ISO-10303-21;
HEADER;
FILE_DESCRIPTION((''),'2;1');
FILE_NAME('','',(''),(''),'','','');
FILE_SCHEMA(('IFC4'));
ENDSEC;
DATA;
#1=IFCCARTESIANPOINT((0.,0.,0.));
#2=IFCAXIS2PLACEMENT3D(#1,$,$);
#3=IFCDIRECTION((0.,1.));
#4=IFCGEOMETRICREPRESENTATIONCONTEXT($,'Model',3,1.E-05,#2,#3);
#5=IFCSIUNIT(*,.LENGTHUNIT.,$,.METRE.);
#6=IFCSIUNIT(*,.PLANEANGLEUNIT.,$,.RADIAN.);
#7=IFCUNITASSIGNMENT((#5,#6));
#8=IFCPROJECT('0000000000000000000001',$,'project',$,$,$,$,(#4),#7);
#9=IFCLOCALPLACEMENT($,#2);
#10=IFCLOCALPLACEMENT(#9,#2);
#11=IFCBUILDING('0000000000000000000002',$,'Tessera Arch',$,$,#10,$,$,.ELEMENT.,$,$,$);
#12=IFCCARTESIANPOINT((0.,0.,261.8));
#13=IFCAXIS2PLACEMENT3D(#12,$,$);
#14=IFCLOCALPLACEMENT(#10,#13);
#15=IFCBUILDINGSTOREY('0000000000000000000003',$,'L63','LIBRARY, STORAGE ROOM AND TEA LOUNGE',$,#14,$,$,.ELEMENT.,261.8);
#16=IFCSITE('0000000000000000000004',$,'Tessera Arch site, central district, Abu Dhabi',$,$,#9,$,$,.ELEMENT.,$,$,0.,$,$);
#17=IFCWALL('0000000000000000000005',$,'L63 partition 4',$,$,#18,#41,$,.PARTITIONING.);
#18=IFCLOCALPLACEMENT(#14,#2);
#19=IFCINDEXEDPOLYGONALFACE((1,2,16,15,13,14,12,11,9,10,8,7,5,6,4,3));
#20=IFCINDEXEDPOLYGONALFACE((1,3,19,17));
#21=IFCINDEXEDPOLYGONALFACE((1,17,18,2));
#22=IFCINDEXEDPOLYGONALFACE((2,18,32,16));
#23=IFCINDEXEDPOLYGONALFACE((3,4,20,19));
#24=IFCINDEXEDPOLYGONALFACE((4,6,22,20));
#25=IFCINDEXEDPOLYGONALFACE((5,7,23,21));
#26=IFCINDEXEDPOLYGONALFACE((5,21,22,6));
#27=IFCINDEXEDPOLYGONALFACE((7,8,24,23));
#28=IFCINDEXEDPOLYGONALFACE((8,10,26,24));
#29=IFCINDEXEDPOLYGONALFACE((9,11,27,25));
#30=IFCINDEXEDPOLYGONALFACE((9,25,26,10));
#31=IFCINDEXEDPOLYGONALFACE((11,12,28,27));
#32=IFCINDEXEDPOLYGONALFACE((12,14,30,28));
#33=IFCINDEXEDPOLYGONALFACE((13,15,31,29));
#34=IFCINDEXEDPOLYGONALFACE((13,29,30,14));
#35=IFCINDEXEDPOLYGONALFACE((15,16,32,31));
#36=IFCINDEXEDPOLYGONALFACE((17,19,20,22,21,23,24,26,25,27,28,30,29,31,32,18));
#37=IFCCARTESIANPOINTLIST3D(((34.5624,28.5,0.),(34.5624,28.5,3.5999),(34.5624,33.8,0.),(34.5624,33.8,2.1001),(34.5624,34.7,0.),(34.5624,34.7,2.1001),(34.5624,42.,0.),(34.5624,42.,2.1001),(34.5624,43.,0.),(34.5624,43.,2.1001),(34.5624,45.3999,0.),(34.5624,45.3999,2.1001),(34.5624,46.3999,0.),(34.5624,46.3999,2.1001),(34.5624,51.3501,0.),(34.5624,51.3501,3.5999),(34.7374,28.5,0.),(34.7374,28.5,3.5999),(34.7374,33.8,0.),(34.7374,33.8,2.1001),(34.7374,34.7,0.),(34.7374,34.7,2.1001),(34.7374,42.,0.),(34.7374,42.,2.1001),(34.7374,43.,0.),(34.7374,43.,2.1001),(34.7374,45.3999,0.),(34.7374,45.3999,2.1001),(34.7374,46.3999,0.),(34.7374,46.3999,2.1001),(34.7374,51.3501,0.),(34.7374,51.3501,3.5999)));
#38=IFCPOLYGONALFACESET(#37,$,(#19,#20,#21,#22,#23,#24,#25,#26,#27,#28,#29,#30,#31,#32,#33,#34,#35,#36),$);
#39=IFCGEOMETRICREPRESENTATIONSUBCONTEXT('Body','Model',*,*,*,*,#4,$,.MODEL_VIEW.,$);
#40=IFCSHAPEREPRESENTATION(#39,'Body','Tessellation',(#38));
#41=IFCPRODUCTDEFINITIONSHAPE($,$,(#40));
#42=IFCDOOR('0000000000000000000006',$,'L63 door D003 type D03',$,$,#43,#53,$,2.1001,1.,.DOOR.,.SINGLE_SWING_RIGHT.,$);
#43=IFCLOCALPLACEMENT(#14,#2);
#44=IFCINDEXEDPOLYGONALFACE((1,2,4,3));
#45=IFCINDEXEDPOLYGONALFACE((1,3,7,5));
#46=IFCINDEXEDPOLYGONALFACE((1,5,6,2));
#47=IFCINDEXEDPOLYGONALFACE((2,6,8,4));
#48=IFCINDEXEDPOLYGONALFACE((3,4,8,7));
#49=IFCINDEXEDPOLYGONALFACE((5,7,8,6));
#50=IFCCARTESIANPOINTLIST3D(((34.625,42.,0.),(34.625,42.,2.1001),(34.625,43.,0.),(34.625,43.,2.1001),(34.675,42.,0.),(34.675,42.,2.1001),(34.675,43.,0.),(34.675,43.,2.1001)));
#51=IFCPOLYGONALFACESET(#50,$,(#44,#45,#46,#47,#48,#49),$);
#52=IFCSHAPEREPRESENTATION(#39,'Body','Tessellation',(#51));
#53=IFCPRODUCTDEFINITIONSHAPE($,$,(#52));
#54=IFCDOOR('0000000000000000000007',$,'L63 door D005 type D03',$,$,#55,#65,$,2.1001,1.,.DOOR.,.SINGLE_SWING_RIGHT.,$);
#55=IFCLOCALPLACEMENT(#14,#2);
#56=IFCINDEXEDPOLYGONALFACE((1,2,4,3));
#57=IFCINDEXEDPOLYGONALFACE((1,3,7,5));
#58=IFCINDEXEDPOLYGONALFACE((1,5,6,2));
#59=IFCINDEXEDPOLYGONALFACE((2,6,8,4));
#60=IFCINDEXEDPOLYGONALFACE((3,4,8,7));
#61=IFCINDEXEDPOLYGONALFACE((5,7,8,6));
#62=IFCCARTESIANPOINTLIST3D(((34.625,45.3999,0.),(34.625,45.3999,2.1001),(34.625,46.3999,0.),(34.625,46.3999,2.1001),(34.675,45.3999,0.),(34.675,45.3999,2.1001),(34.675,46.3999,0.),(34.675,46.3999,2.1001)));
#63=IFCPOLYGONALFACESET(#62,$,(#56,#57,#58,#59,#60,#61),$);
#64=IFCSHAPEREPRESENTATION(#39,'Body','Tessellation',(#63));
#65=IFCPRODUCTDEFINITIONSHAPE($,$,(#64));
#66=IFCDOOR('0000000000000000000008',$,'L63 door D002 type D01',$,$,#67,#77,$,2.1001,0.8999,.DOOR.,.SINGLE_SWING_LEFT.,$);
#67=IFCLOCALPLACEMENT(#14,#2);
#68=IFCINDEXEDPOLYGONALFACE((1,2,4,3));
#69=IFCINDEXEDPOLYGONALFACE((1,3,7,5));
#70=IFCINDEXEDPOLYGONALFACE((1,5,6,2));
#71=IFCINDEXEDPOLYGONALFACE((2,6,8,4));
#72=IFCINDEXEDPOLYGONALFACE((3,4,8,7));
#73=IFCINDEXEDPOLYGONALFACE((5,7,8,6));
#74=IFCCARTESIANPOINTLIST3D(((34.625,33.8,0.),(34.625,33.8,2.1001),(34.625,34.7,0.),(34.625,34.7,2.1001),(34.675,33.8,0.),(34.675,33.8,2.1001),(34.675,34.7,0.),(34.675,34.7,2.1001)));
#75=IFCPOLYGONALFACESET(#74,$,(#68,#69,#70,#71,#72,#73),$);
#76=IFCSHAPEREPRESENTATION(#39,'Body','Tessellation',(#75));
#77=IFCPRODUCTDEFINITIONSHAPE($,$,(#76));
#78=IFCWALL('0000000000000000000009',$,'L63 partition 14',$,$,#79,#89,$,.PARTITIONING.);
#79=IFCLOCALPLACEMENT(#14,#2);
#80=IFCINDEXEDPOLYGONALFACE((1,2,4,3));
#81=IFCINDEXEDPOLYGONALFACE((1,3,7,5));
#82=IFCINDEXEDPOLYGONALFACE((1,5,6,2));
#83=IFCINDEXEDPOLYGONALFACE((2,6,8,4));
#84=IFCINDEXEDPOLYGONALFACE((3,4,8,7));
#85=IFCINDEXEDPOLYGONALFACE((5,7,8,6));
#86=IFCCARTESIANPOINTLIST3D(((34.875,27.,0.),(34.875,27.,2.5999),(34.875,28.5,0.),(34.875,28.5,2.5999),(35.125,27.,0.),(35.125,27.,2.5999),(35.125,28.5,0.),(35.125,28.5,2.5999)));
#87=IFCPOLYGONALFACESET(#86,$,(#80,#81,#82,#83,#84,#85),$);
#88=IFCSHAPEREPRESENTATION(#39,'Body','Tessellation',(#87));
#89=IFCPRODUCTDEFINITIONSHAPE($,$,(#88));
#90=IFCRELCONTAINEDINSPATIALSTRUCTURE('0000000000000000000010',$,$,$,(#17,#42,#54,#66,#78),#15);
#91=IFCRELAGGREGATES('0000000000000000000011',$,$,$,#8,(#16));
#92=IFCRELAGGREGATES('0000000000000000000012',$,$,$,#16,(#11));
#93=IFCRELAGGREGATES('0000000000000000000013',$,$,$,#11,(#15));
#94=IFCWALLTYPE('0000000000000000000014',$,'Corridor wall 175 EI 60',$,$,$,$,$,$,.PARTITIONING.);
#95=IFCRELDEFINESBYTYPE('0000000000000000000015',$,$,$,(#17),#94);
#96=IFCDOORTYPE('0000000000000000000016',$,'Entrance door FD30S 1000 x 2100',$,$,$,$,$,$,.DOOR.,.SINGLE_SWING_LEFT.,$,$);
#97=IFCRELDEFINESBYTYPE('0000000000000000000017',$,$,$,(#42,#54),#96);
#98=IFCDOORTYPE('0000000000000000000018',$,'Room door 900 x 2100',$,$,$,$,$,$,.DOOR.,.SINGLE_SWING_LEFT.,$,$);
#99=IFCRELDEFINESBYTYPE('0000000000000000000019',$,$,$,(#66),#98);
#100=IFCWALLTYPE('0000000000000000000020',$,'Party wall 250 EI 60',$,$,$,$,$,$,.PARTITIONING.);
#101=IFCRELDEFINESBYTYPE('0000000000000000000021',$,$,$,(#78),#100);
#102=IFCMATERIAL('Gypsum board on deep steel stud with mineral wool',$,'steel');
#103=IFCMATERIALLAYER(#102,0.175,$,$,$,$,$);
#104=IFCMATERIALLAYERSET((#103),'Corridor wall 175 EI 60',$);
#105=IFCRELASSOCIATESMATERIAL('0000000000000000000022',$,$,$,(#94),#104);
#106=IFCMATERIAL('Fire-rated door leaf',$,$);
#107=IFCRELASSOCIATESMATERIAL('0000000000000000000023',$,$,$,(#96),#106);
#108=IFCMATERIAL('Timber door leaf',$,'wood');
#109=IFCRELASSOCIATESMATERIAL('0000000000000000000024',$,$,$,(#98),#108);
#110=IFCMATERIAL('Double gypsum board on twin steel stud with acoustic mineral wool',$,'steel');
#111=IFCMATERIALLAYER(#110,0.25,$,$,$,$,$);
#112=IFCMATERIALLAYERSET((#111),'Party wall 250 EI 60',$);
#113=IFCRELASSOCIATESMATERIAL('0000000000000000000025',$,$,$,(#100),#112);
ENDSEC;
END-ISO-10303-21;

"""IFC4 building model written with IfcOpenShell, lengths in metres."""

from ifc_helpers import new_model, si_unit, direction, frame, frame_2d, origin, place, context, subcontext, project, spatial, rectangle, extrude, material, layer, layer_set, type_object, element, fill, save


model = new_model("IFC4")

# Units and contexts
model_context = context("Model", 3, precision=1e-05, world=origin(), true_north=direction((0.0, 1.0)))
body_context = subcontext(model_context, "Body", "Model", "MODEL_VIEW")
ifc_project = project(units=[si_unit("LENGTHUNIT", "METRE"), si_unit("PLANEANGLEUNIT", "RADIAN")], contexts=[model_context])

# Site, building, storey
site_placement = place(None, origin())
site = spatial("IfcSite", under=ifc_project, at=site_placement, Name="Tessera Arch site, central district, Abu Dhabi", CompositionType="ELEMENT", RefElevation=0.0)
building_placement = place(site_placement, origin())
building = spatial("IfcBuilding", under=site, at=building_placement, Name="Tessera Arch", CompositionType="ELEMENT")
storey_placement = place(building_placement, frame((0.0, 0.0, 261.8)))
storey = spatial("IfcBuildingStorey", under=building, at=storey_placement, Name="L63", Description="LIBRARY, STORAGE ROOM AND TEA LOUNGE", CompositionType="ELEMENT", Elevation=261.8)

# Shared definitions
ifc_material_1 = material(Name="Gypsum board on deep steel stud with mineral wool", Category="steel")
ifc_layer_1 = layer(ifc_material_1, 0.175)
ifc_layer_set_1 = layer_set([ifc_layer_1], Name="Corridor wall 175 EI 60")
wall_type_1 = type_object("IfcWallType", Name="Corridor wall 175 EI 60", PredefinedType="PARTITIONING", material=ifc_layer_set_1)

# Wall, openings, doors
wall_1_placement = place(storey_placement, frame((34.6499, 28.5, 0.0), z_axis=(0.0, 0.0, 1.0), x_axis=(0.0, 1.0, 0.0)))
wall_1 = element("IfcWall", 1, at=wall_1_placement, inside=storey, type_object=wall_type_1, Name="L63 partition 4", PredefinedType="PARTITIONING", context=body_context, shape_type="SweptSolid", body=[
    extrude(rectangle(XDim=22.8501, YDim=0.175, at=frame_2d((11.425, 0.0))), origin(), (0.0, 0.0, 1.0), 3.5999),
])
opening_1_placement = place(wall_1_placement, frame((5.3, 0.0, 0.0)))
opening_1 = element("IfcOpeningElement", 2, at=opening_1_placement, cuts=wall_1, PredefinedType="OPENING", context=body_context, shape_type="SweptSolid", body=[
    extrude(rectangle(XDim=0.8999, YDim=2.1001, at=frame_2d((0.45, 1.05))), frame((0.0, 0.0974, 0.0), z_axis=(0.0, -1.0, 0.0), x_axis=(1.0, 0.0, 0.0)), (0.0, 0.0, 1.0), 0.1951),
])
opening_2_placement = place(wall_1_placement, frame((13.5, 0.0, 0.0)))
opening_2 = element("IfcOpeningElement", 3, at=opening_2_placement, cuts=wall_1, PredefinedType="OPENING", context=body_context, shape_type="SweptSolid", body=[
    extrude(rectangle(XDim=1.0, YDim=2.1001, at=frame_2d((0.5, 1.05))), frame((0.0, 0.0974, 0.0), z_axis=(0.0, -1.0, 0.0), x_axis=(1.0, 0.0, 0.0)), (0.0, 0.0, 1.0), 0.1951),
])
opening_3_placement = place(wall_1_placement, frame((16.8999, 0.0, 0.0)))
opening_3 = element("IfcOpeningElement", 4, at=opening_3_placement, cuts=wall_1, PredefinedType="OPENING", context=body_context, shape_type="SweptSolid", body=[
    extrude(rectangle(XDim=1.0, YDim=2.1001, at=frame_2d((0.5, 1.05))), frame((0.0, 0.0974, 0.0), z_axis=(0.0, -1.0, 0.0), x_axis=(1.0, 0.0, 0.0)), (0.0, 0.0, 1.0), 0.1951),
])
ifc_material_2 = material(Name="Fire-rated door leaf")
door_type_1 = type_object("IfcDoorType", Name="Entrance door FD30S 1000 x 2100", OperationType="SINGLE_SWING_LEFT", PredefinedType="DOOR", material=ifc_material_2)
door_1_placement = place(opening_2_placement, origin())
door_1 = element("IfcDoor", 5, at=door_1_placement, inside=storey, type_object=door_type_1, Name="L63 door D003 type D03", OperationType="SINGLE_SWING_RIGHT", OverallHeight=2.1001, OverallWidth=1.0, PredefinedType="DOOR", context=body_context, shape_type="SweptSolid", body=[
    extrude(rectangle(XDim=1.0, YDim=2.1001, at=frame_2d((0.5, 1.05))), frame((0.0, 0.0249, 0.0), z_axis=(0.0, -1.0, 0.0), x_axis=(1.0, 0.0, 0.0)), (0.0, 0.0, 1.0), 0.05),
])
fill(opening_2, door_1)
door_2_placement = place(opening_3_placement, origin())
door_2 = element("IfcDoor", 6, at=door_2_placement, inside=storey, type_object=door_type_1, Name="L63 door D005 type D03", OperationType="SINGLE_SWING_RIGHT", OverallHeight=2.1001, OverallWidth=1.0, PredefinedType="DOOR", context=body_context, shape_type="SweptSolid", body=[
    extrude(rectangle(XDim=1.0, YDim=2.1001, at=frame_2d((0.5, 1.05))), frame((0.0, 0.0249, 0.0), z_axis=(0.0, -1.0, 0.0), x_axis=(1.0, 0.0, 0.0)), (0.0, 0.0, 1.0), 0.05),
])
fill(opening_3, door_2)
ifc_material_3 = material(Name="Timber door leaf", Category="wood")
door_type_2 = type_object("IfcDoorType", Name="Room door 900 x 2100", OperationType="SINGLE_SWING_LEFT", PredefinedType="DOOR", material=ifc_material_3)
door_3_placement = place(opening_1_placement, origin())
door_3 = element("IfcDoor", 7, at=door_3_placement, inside=storey, type_object=door_type_2, Name="L63 door D002 type D01", OperationType="SINGLE_SWING_LEFT", OverallHeight=2.1001, OverallWidth=0.8999, PredefinedType="DOOR", context=body_context, shape_type="SweptSolid", body=[
    extrude(rectangle(XDim=0.8999, YDim=2.1001, at=frame_2d((0.45, 1.05))), frame((0.0, 0.0249, 0.0), z_axis=(0.0, -1.0, 0.0), x_axis=(1.0, 0.0, 0.0)), (0.0, 0.0, 1.0), 0.05),
])
fill(opening_1, door_3)

# Wall
ifc_material_4 = material(Name="Double gypsum board on twin steel stud with acoustic mineral wool", Category="steel")
ifc_layer_2 = layer(ifc_material_4, 0.25)
ifc_layer_set_2 = layer_set([ifc_layer_2], Name="Party wall 250 EI 60")
wall_type_2 = type_object("IfcWallType", Name="Party wall 250 EI 60", PredefinedType="PARTITIONING", material=ifc_layer_set_2)
wall_2_placement = place(storey_placement, frame((35.0, 27.0, 0.0), z_axis=(0.0, 0.0, 1.0), x_axis=(0.0, 1.0, 0.0)))
element("IfcWall", 8, at=wall_2_placement, inside=storey, type_object=wall_type_2, Name="L63 partition 14", PredefinedType="PARTITIONING", context=body_context, shape_type="SweptSolid", body=[
    extrude(rectangle(XDim=1.5, YDim=0.25, at=frame_2d((0.75, 0.0))), origin(), (0.0, 0.0, 1.0), 2.5999),
])

save(model, "model.ifc")
